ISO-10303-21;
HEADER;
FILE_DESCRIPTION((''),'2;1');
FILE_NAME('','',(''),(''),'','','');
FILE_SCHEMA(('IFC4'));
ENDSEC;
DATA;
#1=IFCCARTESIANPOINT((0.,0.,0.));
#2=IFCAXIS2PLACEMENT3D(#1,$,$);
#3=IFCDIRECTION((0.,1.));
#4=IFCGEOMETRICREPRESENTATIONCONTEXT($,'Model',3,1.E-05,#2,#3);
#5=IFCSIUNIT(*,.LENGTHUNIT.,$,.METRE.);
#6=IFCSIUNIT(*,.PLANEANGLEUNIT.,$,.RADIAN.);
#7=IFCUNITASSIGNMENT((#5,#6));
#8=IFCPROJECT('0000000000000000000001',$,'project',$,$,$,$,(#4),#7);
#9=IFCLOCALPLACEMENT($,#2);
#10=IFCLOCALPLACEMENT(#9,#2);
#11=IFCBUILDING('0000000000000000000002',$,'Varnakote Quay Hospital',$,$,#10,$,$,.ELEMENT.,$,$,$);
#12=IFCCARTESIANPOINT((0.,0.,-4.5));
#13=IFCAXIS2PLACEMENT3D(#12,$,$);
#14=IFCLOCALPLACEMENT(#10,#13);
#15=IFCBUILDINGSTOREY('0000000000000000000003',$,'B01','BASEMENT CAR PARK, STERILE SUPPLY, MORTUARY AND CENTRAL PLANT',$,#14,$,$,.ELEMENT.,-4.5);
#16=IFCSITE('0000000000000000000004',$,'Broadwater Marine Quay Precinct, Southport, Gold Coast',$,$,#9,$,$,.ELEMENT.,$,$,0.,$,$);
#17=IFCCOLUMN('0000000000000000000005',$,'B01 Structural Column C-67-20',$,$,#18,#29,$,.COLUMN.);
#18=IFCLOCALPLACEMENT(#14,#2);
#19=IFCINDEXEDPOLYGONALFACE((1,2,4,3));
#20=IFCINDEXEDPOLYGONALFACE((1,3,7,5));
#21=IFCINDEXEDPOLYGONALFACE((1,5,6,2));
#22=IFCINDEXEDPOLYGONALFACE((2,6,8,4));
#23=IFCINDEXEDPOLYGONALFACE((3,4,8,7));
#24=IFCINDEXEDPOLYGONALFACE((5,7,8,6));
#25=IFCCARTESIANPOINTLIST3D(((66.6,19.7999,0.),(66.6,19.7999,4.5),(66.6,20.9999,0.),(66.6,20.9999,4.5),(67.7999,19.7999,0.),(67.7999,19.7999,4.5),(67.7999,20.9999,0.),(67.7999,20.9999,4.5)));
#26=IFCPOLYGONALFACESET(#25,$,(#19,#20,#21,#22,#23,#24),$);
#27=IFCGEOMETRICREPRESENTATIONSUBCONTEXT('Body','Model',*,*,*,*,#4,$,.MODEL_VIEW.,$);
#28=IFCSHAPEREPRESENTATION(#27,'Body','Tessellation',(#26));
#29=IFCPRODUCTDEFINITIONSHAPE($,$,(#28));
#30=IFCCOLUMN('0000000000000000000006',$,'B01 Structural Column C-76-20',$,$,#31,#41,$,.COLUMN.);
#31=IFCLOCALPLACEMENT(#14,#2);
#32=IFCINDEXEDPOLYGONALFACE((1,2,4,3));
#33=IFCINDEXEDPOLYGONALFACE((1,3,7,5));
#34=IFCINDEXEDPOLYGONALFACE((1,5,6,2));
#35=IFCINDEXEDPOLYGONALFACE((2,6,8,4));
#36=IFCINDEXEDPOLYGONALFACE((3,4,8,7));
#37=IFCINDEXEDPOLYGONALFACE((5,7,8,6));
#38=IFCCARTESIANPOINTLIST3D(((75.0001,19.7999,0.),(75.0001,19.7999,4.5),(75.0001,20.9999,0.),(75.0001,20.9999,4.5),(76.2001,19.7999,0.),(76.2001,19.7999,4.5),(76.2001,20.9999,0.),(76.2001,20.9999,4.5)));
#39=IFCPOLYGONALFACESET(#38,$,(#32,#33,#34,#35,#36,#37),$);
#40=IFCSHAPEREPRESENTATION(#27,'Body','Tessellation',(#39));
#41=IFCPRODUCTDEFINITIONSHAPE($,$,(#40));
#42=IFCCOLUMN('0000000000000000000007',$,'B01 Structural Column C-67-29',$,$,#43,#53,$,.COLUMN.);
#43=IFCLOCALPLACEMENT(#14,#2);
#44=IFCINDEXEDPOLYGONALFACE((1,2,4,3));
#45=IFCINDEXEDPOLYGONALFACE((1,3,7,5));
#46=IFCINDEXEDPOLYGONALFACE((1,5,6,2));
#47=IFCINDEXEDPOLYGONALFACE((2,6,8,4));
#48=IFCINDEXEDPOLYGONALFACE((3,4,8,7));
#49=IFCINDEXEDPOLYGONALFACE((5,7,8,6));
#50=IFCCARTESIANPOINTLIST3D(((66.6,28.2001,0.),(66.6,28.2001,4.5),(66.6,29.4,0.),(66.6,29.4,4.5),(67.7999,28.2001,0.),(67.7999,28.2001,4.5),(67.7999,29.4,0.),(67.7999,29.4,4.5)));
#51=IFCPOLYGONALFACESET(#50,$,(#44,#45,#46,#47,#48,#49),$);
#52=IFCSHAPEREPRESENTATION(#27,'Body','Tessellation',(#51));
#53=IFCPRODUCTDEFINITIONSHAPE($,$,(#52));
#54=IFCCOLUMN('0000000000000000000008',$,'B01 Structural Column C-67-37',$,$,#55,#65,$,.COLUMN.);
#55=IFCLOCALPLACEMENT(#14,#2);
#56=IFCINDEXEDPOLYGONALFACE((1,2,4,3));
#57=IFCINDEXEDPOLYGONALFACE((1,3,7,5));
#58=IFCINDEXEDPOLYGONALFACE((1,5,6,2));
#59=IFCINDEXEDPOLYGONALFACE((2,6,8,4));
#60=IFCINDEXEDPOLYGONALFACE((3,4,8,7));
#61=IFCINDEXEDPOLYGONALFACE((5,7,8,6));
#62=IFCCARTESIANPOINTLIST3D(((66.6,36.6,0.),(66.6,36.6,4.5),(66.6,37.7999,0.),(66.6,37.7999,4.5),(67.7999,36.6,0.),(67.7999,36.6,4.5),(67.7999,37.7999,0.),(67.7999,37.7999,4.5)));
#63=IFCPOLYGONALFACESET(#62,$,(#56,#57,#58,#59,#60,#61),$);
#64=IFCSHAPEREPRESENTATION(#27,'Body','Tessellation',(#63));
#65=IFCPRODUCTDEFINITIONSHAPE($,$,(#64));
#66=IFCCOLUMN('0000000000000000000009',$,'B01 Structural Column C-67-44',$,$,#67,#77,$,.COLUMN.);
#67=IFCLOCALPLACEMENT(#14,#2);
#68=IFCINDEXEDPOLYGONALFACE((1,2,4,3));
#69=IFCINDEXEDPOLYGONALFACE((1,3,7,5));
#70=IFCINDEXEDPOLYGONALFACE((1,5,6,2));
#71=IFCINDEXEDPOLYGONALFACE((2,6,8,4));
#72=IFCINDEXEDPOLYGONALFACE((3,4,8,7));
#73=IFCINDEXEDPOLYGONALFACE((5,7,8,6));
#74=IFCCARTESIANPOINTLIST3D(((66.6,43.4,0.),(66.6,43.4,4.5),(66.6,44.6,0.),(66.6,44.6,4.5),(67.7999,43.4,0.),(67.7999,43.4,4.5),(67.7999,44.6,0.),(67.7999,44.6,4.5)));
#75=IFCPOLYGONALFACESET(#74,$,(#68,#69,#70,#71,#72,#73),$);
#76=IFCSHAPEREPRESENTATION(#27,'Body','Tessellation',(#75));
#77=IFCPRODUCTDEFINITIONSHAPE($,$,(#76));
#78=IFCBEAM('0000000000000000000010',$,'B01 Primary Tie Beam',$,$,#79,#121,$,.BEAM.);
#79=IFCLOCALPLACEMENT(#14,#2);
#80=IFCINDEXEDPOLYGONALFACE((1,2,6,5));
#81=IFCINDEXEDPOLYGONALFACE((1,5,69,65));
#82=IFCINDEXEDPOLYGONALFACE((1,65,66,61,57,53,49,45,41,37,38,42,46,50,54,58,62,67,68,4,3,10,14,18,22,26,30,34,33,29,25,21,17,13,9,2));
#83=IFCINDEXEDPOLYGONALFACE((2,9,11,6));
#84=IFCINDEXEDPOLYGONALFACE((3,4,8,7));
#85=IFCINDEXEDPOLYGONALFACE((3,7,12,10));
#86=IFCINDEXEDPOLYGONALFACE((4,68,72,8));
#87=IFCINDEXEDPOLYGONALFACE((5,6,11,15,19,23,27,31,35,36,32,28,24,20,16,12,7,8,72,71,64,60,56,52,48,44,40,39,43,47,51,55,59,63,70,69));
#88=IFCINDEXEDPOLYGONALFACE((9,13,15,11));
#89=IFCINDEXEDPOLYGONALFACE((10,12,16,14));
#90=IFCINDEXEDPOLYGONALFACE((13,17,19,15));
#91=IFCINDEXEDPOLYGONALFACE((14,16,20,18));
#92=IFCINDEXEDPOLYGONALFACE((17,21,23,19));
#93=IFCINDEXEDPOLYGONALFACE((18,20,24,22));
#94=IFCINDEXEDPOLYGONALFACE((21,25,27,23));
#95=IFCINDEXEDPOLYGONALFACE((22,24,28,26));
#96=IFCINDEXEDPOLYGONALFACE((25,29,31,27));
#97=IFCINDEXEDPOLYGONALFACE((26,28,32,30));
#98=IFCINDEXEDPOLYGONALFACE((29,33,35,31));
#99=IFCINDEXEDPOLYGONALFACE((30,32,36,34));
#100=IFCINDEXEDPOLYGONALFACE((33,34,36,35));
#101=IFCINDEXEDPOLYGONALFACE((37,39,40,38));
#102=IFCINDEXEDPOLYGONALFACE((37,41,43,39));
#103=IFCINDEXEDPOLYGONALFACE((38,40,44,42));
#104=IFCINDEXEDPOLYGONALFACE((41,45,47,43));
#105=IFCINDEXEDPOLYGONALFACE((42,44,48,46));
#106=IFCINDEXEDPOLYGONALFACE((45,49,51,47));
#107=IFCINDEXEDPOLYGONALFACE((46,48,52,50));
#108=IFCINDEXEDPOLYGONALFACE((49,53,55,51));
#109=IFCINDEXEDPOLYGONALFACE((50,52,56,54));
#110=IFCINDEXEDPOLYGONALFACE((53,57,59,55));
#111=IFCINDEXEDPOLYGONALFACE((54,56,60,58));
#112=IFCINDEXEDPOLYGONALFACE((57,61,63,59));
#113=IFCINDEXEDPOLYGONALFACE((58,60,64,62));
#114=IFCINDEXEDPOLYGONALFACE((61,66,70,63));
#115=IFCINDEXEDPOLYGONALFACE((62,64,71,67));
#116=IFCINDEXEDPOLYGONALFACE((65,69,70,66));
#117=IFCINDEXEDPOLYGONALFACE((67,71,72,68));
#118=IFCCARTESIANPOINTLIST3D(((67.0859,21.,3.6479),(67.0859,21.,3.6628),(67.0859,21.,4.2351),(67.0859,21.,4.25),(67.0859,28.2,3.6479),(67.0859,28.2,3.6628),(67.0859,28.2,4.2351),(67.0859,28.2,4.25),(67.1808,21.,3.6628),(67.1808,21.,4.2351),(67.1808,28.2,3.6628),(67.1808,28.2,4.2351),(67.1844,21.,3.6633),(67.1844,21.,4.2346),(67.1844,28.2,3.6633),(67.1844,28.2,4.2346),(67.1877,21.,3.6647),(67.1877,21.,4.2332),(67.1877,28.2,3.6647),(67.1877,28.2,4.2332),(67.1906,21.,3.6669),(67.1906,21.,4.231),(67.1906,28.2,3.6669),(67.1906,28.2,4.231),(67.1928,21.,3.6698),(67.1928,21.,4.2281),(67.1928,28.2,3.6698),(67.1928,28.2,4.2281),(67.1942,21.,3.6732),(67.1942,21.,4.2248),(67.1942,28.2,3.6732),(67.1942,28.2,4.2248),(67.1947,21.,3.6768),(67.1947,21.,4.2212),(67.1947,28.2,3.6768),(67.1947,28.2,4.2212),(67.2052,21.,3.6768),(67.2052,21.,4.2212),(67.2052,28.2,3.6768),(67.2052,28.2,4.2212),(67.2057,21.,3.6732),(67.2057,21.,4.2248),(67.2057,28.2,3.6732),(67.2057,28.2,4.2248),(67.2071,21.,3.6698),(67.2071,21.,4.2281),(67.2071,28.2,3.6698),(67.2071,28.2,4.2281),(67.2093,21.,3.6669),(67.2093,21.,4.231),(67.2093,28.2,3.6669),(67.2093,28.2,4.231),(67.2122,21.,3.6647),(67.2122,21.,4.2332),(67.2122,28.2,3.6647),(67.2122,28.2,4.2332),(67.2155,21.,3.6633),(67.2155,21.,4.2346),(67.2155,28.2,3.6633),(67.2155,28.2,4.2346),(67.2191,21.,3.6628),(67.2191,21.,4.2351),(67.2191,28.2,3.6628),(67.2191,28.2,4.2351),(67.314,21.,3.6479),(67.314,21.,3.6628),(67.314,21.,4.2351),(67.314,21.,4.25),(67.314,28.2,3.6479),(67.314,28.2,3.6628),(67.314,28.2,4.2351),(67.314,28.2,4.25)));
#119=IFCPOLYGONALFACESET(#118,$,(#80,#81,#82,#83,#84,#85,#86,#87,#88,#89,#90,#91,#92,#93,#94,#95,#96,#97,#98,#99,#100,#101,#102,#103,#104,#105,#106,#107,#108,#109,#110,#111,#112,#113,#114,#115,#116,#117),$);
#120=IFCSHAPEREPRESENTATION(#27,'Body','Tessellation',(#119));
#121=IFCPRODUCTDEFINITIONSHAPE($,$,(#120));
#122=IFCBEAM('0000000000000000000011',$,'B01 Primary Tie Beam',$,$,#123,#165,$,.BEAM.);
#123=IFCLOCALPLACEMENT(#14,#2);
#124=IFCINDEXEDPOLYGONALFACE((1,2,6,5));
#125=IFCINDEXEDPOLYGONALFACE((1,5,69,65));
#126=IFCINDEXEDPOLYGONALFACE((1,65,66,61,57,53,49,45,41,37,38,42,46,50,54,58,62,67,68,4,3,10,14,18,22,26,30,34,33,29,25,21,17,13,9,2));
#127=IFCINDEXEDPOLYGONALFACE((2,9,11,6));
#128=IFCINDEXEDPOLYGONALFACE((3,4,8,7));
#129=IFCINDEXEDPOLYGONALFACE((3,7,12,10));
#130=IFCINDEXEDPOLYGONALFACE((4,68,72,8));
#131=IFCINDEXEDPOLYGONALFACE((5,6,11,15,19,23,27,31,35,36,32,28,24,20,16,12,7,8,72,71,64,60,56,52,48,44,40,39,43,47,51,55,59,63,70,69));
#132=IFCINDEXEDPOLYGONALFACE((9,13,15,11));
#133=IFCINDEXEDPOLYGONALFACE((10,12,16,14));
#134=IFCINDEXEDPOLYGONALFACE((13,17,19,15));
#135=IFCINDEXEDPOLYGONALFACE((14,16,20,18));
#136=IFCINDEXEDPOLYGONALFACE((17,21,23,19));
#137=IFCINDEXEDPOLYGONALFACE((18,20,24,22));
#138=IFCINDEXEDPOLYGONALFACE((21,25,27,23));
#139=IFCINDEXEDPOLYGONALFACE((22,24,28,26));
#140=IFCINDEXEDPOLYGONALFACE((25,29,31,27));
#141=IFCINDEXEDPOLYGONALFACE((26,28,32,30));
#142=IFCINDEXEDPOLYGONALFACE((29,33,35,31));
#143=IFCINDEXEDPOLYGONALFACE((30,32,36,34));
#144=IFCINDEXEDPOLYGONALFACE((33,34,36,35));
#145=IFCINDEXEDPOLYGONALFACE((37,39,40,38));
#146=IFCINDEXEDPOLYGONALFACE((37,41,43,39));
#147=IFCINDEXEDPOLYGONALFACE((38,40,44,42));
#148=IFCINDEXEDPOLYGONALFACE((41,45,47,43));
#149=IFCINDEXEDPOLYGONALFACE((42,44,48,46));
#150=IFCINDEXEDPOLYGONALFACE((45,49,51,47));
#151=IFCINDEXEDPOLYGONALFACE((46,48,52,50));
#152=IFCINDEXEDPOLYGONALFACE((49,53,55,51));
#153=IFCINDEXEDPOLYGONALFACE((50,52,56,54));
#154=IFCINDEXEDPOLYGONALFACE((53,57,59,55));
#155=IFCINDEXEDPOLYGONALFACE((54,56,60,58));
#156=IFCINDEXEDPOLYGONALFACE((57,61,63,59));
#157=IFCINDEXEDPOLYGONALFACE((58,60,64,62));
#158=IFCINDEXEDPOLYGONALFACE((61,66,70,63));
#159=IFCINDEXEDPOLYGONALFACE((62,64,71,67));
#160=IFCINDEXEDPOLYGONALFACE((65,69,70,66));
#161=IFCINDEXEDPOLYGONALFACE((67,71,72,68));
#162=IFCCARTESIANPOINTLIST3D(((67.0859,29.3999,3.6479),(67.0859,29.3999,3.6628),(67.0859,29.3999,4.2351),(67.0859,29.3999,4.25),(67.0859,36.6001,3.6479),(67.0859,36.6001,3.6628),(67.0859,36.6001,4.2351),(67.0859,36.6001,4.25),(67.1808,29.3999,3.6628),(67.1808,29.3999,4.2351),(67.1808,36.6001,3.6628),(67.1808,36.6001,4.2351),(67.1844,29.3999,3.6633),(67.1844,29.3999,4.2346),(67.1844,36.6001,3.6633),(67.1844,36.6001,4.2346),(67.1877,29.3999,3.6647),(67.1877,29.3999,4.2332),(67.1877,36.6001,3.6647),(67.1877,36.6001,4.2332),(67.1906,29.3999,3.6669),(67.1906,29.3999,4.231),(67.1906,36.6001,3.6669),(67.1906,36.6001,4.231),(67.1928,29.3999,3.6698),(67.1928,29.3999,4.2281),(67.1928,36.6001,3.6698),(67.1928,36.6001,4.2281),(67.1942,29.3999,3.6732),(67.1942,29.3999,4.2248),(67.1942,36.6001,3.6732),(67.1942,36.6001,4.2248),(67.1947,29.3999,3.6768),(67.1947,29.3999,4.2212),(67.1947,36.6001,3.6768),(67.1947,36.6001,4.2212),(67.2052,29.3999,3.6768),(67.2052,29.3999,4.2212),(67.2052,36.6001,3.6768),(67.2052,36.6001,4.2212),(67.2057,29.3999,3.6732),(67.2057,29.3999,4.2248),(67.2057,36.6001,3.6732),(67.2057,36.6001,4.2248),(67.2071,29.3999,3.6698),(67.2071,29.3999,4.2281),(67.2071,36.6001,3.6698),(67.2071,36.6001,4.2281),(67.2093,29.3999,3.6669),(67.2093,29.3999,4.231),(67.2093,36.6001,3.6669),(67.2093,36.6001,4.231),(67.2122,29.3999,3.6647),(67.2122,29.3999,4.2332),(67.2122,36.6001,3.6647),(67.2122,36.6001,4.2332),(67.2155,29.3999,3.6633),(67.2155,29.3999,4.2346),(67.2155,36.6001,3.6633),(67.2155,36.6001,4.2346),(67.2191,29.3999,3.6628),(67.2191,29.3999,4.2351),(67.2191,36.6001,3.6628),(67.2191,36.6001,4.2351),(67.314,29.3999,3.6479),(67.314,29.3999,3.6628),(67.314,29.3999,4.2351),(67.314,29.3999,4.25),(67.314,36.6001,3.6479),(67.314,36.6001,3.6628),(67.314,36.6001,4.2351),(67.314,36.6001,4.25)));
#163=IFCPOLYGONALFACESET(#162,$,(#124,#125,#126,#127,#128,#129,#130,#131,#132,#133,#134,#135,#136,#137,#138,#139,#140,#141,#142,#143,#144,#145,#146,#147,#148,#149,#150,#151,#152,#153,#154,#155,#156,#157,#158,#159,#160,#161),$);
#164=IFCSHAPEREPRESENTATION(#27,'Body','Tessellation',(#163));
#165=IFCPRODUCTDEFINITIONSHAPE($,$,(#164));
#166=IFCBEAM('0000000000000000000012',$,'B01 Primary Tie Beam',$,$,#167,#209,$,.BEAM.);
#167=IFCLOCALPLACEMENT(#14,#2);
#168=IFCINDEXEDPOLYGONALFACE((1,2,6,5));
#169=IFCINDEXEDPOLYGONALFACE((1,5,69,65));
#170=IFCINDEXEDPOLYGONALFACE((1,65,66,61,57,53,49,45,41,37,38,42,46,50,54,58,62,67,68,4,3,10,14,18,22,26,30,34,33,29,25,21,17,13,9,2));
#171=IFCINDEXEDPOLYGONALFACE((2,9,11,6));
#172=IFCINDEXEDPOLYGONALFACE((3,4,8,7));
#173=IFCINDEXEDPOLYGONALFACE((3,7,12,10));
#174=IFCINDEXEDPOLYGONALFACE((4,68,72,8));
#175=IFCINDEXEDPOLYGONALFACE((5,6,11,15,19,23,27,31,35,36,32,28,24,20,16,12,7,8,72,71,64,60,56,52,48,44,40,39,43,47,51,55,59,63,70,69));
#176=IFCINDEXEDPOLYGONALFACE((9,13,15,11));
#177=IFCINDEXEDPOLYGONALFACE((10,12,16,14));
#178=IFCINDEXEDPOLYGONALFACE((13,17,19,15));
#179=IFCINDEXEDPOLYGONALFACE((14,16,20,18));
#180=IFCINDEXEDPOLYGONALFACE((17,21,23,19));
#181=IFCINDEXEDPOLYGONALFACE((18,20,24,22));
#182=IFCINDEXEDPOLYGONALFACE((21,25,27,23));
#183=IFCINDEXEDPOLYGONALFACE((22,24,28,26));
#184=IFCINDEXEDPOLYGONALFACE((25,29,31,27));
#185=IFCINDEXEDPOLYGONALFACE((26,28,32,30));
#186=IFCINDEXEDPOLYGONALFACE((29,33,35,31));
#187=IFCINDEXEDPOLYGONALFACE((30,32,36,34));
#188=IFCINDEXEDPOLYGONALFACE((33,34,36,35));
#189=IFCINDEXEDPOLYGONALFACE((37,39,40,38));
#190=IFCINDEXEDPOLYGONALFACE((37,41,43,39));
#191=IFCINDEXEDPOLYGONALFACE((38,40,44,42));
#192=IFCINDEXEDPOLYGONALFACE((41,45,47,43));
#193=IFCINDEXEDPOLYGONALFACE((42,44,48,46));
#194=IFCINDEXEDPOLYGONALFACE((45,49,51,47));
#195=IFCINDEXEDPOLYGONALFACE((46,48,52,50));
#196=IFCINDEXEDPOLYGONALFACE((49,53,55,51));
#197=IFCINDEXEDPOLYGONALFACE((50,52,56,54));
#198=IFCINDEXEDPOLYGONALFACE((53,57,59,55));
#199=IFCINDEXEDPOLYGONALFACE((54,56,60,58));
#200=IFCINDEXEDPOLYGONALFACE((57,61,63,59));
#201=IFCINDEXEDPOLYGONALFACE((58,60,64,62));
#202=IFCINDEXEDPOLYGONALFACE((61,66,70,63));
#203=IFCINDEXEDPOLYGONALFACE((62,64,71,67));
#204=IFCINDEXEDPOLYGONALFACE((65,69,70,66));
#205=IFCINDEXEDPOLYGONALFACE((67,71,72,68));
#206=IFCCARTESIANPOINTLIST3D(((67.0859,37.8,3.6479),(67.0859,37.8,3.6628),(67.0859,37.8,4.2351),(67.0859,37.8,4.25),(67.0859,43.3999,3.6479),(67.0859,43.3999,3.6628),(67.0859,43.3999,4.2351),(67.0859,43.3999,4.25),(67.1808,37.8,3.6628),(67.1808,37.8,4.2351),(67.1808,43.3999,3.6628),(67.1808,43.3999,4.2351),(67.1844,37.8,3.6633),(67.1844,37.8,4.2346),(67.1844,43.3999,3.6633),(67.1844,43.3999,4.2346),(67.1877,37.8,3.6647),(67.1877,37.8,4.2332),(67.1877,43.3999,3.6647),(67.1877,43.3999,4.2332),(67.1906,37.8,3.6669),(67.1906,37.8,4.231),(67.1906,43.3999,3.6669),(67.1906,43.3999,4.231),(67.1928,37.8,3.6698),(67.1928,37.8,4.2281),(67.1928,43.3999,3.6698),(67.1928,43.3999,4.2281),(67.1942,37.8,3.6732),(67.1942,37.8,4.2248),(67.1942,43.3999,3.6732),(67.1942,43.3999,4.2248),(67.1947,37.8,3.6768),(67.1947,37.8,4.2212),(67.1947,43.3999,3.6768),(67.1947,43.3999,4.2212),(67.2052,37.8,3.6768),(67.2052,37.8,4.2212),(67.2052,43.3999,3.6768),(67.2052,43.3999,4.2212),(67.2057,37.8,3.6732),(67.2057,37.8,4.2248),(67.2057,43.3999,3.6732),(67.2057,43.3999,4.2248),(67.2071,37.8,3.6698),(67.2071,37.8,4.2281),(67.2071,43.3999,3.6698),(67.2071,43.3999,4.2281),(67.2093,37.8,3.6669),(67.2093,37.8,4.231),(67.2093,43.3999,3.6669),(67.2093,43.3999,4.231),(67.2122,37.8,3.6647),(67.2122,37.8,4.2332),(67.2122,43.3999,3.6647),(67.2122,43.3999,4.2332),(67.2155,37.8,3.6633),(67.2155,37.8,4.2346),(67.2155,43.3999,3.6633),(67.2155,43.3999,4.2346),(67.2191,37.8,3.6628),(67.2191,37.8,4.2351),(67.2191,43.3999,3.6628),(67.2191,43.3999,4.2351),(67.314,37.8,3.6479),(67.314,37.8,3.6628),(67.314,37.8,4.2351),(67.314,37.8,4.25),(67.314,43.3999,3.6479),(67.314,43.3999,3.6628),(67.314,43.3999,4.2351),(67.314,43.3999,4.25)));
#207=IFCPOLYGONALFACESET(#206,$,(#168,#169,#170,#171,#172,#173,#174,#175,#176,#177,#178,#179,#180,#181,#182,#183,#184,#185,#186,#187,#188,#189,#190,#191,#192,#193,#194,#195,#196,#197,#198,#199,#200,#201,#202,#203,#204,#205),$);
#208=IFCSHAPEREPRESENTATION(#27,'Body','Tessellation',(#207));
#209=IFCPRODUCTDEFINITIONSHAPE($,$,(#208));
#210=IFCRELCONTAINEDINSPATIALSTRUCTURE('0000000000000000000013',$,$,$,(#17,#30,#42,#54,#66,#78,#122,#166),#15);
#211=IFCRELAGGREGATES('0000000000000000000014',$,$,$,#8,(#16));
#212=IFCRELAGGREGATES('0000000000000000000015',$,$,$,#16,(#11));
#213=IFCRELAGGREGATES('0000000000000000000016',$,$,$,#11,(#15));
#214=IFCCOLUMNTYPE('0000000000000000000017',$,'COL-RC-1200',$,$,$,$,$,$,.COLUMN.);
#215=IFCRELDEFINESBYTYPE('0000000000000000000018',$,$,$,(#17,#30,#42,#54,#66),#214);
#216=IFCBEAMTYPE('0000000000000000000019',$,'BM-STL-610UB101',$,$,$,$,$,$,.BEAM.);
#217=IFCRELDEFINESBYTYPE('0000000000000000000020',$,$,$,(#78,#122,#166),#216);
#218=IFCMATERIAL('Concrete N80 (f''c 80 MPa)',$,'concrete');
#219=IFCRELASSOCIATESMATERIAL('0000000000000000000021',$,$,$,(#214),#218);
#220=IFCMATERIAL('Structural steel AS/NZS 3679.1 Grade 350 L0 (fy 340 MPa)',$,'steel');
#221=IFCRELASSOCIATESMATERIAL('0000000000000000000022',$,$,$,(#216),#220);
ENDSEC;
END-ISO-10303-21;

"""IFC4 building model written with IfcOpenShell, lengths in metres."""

from ifc_helpers import new_model, si_unit, direction, frame, origin, origin_2d, place, context, subcontext, project, spatial, rectangle, i_section, extrude, material, material_profile, profile_set, type_object, element, save


model = new_model("IFC4")

# Units and contexts
model_context = context("Model", 3, precision=1e-05, world=origin(), true_north=direction((0.0, 1.0)))
body_context = subcontext(model_context, "Body", "Model", "MODEL_VIEW")
ifc_project = project(units=[si_unit("LENGTHUNIT", "METRE"), si_unit("PLANEANGLEUNIT", "RADIAN")], contexts=[model_context])

# Site, building, storey
site_placement = place(None, origin())
site = spatial("IfcSite", under=ifc_project, at=site_placement, Name="Broadwater Marine Quay Precinct, Southport, Gold Coast", CompositionType="ELEMENT", RefElevation=0.0)
building_placement = place(site_placement, origin())
building = spatial("IfcBuilding", under=site, at=building_placement, Name="Varnakote Quay Hospital", CompositionType="ELEMENT")
storey_placement = place(building_placement, frame((0.0, 0.0, -4.5)))
storey = spatial("IfcBuildingStorey", under=building, at=storey_placement, Name="B01", Description="BASEMENT CAR PARK, STERILE SUPPLY, MORTUARY AND CENTRAL PLANT", CompositionType="ELEMENT", Elevation=-4.5)

# Columns
ifc_material_1 = material(Name="Concrete N80 (f'c 80 MPa)", Category="concrete")
ifc_material_profile_1 = material_profile(ifc_material_1, rectangle(XDim=1.2, YDim=1.2, at=origin_2d()), Name="RC-COL-1200x1200")
ifc_profile_set_1 = profile_set([ifc_material_profile_1], Name="Concrete N80 (f'c 80 MPa)")
column_type = type_object("IfcColumnType", Name="COL-RC-1200", PredefinedType="COLUMN", material=ifc_profile_set_1)
for number, where, z_axis, x_axis, name in (
    (1, (67.2, 20.3999, 0.0), (0.0, 0.0, 1.0), (1.0, 0.0, 0.0), "B01 Structural Column C-67-20"),
    (2, (75.6001, 20.3999, 0.0), (0.0, 0.0, 1.0), (1.0, 0.0, 0.0), "B01 Structural Column C-76-20"),
    (3, (67.2, 28.8, 0.0), (0.0, 0.0, 1.0), (1.0, 0.0, 0.0), "B01 Structural Column C-67-29"),
    (4, (67.2, 37.2, 0.0), (0.0, 0.0, 1.0), (1.0, 0.0, 0.0), "B01 Structural Column C-67-37"),
    (5, (67.2, 44.0, 0.0), (0.0, 0.0, 1.0), (1.0, 0.0, 0.0), "B01 Structural Column C-67-44"),
):
    element("IfcColumn", number, at=place(storey_placement, frame(where, z_axis=z_axis, x_axis=x_axis)), inside=storey, type_object=column_type, Name=name, PredefinedType="COLUMN", context=body_context, shape_type="SweptSolid", body=[
        extrude(rectangle(XDim=1.2, YDim=1.2, at=origin_2d()), origin(), (0.0, 0.0, 1.0), 4.5),
    ])

# Beams
ifc_material_2 = material(Name="Structural steel AS/NZS 3679.1 Grade 350 L0 (fy 340 MPa)", Category="steel")
ifc_material_profile_2 = material_profile(ifc_material_2, i_section(OverallWidth=0.228, OverallDepth=0.6021, WebThickness=0.0105, FlangeThickness=0.0149, FilletRadius=0.0139, at=origin_2d()), Name="610UB101")
ifc_profile_set_2 = profile_set([ifc_material_profile_2], Name="Structural steel AS/NZS 3679.1 Grade 350 L0 (fy 340 MPa)")
beam_type_1 = type_object("IfcBeamType", Name="BM-STL-610UB101", PredefinedType="BEAM", material=ifc_profile_set_2)
beam_1_placement = place(storey_placement, frame((67.2, 21.0, 3.949), z_axis=(0.0, 1.0, 0.0), x_axis=(-1.0, 0.0, 0.0)))
element("IfcBeam", 6, at=beam_1_placement, inside=storey, type_object=beam_type_1, Name="B01 Primary Tie Beam", PredefinedType="BEAM", context=body_context, shape_type="SweptSolid", body=[
    extrude(i_section(OverallWidth=0.228, OverallDepth=0.6021, WebThickness=0.0105, FlangeThickness=0.0149, FilletRadius=0.0139, at=origin_2d()), origin(), (0.0, 0.0, 1.0), 7.2),
])
beam_2_placement = place(storey_placement, frame((67.2, 29.3999, 3.949), z_axis=(0.0, 1.0, 0.0), x_axis=(-1.0, 0.0, 0.0)))
element("IfcBeam", 7, at=beam_2_placement, inside=storey, type_object=beam_type_1, Name="B01 Primary Tie Beam", PredefinedType="BEAM", context=body_context, shape_type="SweptSolid", body=[
    extrude(i_section(OverallWidth=0.228, OverallDepth=0.6021, WebThickness=0.0105, FlangeThickness=0.0149, FilletRadius=0.0139, at=origin_2d()), origin(), (0.0, 0.0, 1.0), 7.2002),
])
beam_3_placement = place(storey_placement, frame((67.2, 37.8, 3.949), z_axis=(0.0, 1.0, 0.0), x_axis=(-1.0, 0.0, 0.0)))
element("IfcBeam", 8, at=beam_3_placement, inside=storey, type_object=beam_type_1, Name="B01 Primary Tie Beam", PredefinedType="BEAM", context=body_context, shape_type="SweptSolid", body=[
    extrude(i_section(OverallWidth=0.228, OverallDepth=0.6021, WebThickness=0.0105, FlangeThickness=0.0149, FilletRadius=0.0139, at=origin_2d()), origin(), (0.0, 0.0, 1.0), 5.5999),
])

save(model, "model.ifc")
